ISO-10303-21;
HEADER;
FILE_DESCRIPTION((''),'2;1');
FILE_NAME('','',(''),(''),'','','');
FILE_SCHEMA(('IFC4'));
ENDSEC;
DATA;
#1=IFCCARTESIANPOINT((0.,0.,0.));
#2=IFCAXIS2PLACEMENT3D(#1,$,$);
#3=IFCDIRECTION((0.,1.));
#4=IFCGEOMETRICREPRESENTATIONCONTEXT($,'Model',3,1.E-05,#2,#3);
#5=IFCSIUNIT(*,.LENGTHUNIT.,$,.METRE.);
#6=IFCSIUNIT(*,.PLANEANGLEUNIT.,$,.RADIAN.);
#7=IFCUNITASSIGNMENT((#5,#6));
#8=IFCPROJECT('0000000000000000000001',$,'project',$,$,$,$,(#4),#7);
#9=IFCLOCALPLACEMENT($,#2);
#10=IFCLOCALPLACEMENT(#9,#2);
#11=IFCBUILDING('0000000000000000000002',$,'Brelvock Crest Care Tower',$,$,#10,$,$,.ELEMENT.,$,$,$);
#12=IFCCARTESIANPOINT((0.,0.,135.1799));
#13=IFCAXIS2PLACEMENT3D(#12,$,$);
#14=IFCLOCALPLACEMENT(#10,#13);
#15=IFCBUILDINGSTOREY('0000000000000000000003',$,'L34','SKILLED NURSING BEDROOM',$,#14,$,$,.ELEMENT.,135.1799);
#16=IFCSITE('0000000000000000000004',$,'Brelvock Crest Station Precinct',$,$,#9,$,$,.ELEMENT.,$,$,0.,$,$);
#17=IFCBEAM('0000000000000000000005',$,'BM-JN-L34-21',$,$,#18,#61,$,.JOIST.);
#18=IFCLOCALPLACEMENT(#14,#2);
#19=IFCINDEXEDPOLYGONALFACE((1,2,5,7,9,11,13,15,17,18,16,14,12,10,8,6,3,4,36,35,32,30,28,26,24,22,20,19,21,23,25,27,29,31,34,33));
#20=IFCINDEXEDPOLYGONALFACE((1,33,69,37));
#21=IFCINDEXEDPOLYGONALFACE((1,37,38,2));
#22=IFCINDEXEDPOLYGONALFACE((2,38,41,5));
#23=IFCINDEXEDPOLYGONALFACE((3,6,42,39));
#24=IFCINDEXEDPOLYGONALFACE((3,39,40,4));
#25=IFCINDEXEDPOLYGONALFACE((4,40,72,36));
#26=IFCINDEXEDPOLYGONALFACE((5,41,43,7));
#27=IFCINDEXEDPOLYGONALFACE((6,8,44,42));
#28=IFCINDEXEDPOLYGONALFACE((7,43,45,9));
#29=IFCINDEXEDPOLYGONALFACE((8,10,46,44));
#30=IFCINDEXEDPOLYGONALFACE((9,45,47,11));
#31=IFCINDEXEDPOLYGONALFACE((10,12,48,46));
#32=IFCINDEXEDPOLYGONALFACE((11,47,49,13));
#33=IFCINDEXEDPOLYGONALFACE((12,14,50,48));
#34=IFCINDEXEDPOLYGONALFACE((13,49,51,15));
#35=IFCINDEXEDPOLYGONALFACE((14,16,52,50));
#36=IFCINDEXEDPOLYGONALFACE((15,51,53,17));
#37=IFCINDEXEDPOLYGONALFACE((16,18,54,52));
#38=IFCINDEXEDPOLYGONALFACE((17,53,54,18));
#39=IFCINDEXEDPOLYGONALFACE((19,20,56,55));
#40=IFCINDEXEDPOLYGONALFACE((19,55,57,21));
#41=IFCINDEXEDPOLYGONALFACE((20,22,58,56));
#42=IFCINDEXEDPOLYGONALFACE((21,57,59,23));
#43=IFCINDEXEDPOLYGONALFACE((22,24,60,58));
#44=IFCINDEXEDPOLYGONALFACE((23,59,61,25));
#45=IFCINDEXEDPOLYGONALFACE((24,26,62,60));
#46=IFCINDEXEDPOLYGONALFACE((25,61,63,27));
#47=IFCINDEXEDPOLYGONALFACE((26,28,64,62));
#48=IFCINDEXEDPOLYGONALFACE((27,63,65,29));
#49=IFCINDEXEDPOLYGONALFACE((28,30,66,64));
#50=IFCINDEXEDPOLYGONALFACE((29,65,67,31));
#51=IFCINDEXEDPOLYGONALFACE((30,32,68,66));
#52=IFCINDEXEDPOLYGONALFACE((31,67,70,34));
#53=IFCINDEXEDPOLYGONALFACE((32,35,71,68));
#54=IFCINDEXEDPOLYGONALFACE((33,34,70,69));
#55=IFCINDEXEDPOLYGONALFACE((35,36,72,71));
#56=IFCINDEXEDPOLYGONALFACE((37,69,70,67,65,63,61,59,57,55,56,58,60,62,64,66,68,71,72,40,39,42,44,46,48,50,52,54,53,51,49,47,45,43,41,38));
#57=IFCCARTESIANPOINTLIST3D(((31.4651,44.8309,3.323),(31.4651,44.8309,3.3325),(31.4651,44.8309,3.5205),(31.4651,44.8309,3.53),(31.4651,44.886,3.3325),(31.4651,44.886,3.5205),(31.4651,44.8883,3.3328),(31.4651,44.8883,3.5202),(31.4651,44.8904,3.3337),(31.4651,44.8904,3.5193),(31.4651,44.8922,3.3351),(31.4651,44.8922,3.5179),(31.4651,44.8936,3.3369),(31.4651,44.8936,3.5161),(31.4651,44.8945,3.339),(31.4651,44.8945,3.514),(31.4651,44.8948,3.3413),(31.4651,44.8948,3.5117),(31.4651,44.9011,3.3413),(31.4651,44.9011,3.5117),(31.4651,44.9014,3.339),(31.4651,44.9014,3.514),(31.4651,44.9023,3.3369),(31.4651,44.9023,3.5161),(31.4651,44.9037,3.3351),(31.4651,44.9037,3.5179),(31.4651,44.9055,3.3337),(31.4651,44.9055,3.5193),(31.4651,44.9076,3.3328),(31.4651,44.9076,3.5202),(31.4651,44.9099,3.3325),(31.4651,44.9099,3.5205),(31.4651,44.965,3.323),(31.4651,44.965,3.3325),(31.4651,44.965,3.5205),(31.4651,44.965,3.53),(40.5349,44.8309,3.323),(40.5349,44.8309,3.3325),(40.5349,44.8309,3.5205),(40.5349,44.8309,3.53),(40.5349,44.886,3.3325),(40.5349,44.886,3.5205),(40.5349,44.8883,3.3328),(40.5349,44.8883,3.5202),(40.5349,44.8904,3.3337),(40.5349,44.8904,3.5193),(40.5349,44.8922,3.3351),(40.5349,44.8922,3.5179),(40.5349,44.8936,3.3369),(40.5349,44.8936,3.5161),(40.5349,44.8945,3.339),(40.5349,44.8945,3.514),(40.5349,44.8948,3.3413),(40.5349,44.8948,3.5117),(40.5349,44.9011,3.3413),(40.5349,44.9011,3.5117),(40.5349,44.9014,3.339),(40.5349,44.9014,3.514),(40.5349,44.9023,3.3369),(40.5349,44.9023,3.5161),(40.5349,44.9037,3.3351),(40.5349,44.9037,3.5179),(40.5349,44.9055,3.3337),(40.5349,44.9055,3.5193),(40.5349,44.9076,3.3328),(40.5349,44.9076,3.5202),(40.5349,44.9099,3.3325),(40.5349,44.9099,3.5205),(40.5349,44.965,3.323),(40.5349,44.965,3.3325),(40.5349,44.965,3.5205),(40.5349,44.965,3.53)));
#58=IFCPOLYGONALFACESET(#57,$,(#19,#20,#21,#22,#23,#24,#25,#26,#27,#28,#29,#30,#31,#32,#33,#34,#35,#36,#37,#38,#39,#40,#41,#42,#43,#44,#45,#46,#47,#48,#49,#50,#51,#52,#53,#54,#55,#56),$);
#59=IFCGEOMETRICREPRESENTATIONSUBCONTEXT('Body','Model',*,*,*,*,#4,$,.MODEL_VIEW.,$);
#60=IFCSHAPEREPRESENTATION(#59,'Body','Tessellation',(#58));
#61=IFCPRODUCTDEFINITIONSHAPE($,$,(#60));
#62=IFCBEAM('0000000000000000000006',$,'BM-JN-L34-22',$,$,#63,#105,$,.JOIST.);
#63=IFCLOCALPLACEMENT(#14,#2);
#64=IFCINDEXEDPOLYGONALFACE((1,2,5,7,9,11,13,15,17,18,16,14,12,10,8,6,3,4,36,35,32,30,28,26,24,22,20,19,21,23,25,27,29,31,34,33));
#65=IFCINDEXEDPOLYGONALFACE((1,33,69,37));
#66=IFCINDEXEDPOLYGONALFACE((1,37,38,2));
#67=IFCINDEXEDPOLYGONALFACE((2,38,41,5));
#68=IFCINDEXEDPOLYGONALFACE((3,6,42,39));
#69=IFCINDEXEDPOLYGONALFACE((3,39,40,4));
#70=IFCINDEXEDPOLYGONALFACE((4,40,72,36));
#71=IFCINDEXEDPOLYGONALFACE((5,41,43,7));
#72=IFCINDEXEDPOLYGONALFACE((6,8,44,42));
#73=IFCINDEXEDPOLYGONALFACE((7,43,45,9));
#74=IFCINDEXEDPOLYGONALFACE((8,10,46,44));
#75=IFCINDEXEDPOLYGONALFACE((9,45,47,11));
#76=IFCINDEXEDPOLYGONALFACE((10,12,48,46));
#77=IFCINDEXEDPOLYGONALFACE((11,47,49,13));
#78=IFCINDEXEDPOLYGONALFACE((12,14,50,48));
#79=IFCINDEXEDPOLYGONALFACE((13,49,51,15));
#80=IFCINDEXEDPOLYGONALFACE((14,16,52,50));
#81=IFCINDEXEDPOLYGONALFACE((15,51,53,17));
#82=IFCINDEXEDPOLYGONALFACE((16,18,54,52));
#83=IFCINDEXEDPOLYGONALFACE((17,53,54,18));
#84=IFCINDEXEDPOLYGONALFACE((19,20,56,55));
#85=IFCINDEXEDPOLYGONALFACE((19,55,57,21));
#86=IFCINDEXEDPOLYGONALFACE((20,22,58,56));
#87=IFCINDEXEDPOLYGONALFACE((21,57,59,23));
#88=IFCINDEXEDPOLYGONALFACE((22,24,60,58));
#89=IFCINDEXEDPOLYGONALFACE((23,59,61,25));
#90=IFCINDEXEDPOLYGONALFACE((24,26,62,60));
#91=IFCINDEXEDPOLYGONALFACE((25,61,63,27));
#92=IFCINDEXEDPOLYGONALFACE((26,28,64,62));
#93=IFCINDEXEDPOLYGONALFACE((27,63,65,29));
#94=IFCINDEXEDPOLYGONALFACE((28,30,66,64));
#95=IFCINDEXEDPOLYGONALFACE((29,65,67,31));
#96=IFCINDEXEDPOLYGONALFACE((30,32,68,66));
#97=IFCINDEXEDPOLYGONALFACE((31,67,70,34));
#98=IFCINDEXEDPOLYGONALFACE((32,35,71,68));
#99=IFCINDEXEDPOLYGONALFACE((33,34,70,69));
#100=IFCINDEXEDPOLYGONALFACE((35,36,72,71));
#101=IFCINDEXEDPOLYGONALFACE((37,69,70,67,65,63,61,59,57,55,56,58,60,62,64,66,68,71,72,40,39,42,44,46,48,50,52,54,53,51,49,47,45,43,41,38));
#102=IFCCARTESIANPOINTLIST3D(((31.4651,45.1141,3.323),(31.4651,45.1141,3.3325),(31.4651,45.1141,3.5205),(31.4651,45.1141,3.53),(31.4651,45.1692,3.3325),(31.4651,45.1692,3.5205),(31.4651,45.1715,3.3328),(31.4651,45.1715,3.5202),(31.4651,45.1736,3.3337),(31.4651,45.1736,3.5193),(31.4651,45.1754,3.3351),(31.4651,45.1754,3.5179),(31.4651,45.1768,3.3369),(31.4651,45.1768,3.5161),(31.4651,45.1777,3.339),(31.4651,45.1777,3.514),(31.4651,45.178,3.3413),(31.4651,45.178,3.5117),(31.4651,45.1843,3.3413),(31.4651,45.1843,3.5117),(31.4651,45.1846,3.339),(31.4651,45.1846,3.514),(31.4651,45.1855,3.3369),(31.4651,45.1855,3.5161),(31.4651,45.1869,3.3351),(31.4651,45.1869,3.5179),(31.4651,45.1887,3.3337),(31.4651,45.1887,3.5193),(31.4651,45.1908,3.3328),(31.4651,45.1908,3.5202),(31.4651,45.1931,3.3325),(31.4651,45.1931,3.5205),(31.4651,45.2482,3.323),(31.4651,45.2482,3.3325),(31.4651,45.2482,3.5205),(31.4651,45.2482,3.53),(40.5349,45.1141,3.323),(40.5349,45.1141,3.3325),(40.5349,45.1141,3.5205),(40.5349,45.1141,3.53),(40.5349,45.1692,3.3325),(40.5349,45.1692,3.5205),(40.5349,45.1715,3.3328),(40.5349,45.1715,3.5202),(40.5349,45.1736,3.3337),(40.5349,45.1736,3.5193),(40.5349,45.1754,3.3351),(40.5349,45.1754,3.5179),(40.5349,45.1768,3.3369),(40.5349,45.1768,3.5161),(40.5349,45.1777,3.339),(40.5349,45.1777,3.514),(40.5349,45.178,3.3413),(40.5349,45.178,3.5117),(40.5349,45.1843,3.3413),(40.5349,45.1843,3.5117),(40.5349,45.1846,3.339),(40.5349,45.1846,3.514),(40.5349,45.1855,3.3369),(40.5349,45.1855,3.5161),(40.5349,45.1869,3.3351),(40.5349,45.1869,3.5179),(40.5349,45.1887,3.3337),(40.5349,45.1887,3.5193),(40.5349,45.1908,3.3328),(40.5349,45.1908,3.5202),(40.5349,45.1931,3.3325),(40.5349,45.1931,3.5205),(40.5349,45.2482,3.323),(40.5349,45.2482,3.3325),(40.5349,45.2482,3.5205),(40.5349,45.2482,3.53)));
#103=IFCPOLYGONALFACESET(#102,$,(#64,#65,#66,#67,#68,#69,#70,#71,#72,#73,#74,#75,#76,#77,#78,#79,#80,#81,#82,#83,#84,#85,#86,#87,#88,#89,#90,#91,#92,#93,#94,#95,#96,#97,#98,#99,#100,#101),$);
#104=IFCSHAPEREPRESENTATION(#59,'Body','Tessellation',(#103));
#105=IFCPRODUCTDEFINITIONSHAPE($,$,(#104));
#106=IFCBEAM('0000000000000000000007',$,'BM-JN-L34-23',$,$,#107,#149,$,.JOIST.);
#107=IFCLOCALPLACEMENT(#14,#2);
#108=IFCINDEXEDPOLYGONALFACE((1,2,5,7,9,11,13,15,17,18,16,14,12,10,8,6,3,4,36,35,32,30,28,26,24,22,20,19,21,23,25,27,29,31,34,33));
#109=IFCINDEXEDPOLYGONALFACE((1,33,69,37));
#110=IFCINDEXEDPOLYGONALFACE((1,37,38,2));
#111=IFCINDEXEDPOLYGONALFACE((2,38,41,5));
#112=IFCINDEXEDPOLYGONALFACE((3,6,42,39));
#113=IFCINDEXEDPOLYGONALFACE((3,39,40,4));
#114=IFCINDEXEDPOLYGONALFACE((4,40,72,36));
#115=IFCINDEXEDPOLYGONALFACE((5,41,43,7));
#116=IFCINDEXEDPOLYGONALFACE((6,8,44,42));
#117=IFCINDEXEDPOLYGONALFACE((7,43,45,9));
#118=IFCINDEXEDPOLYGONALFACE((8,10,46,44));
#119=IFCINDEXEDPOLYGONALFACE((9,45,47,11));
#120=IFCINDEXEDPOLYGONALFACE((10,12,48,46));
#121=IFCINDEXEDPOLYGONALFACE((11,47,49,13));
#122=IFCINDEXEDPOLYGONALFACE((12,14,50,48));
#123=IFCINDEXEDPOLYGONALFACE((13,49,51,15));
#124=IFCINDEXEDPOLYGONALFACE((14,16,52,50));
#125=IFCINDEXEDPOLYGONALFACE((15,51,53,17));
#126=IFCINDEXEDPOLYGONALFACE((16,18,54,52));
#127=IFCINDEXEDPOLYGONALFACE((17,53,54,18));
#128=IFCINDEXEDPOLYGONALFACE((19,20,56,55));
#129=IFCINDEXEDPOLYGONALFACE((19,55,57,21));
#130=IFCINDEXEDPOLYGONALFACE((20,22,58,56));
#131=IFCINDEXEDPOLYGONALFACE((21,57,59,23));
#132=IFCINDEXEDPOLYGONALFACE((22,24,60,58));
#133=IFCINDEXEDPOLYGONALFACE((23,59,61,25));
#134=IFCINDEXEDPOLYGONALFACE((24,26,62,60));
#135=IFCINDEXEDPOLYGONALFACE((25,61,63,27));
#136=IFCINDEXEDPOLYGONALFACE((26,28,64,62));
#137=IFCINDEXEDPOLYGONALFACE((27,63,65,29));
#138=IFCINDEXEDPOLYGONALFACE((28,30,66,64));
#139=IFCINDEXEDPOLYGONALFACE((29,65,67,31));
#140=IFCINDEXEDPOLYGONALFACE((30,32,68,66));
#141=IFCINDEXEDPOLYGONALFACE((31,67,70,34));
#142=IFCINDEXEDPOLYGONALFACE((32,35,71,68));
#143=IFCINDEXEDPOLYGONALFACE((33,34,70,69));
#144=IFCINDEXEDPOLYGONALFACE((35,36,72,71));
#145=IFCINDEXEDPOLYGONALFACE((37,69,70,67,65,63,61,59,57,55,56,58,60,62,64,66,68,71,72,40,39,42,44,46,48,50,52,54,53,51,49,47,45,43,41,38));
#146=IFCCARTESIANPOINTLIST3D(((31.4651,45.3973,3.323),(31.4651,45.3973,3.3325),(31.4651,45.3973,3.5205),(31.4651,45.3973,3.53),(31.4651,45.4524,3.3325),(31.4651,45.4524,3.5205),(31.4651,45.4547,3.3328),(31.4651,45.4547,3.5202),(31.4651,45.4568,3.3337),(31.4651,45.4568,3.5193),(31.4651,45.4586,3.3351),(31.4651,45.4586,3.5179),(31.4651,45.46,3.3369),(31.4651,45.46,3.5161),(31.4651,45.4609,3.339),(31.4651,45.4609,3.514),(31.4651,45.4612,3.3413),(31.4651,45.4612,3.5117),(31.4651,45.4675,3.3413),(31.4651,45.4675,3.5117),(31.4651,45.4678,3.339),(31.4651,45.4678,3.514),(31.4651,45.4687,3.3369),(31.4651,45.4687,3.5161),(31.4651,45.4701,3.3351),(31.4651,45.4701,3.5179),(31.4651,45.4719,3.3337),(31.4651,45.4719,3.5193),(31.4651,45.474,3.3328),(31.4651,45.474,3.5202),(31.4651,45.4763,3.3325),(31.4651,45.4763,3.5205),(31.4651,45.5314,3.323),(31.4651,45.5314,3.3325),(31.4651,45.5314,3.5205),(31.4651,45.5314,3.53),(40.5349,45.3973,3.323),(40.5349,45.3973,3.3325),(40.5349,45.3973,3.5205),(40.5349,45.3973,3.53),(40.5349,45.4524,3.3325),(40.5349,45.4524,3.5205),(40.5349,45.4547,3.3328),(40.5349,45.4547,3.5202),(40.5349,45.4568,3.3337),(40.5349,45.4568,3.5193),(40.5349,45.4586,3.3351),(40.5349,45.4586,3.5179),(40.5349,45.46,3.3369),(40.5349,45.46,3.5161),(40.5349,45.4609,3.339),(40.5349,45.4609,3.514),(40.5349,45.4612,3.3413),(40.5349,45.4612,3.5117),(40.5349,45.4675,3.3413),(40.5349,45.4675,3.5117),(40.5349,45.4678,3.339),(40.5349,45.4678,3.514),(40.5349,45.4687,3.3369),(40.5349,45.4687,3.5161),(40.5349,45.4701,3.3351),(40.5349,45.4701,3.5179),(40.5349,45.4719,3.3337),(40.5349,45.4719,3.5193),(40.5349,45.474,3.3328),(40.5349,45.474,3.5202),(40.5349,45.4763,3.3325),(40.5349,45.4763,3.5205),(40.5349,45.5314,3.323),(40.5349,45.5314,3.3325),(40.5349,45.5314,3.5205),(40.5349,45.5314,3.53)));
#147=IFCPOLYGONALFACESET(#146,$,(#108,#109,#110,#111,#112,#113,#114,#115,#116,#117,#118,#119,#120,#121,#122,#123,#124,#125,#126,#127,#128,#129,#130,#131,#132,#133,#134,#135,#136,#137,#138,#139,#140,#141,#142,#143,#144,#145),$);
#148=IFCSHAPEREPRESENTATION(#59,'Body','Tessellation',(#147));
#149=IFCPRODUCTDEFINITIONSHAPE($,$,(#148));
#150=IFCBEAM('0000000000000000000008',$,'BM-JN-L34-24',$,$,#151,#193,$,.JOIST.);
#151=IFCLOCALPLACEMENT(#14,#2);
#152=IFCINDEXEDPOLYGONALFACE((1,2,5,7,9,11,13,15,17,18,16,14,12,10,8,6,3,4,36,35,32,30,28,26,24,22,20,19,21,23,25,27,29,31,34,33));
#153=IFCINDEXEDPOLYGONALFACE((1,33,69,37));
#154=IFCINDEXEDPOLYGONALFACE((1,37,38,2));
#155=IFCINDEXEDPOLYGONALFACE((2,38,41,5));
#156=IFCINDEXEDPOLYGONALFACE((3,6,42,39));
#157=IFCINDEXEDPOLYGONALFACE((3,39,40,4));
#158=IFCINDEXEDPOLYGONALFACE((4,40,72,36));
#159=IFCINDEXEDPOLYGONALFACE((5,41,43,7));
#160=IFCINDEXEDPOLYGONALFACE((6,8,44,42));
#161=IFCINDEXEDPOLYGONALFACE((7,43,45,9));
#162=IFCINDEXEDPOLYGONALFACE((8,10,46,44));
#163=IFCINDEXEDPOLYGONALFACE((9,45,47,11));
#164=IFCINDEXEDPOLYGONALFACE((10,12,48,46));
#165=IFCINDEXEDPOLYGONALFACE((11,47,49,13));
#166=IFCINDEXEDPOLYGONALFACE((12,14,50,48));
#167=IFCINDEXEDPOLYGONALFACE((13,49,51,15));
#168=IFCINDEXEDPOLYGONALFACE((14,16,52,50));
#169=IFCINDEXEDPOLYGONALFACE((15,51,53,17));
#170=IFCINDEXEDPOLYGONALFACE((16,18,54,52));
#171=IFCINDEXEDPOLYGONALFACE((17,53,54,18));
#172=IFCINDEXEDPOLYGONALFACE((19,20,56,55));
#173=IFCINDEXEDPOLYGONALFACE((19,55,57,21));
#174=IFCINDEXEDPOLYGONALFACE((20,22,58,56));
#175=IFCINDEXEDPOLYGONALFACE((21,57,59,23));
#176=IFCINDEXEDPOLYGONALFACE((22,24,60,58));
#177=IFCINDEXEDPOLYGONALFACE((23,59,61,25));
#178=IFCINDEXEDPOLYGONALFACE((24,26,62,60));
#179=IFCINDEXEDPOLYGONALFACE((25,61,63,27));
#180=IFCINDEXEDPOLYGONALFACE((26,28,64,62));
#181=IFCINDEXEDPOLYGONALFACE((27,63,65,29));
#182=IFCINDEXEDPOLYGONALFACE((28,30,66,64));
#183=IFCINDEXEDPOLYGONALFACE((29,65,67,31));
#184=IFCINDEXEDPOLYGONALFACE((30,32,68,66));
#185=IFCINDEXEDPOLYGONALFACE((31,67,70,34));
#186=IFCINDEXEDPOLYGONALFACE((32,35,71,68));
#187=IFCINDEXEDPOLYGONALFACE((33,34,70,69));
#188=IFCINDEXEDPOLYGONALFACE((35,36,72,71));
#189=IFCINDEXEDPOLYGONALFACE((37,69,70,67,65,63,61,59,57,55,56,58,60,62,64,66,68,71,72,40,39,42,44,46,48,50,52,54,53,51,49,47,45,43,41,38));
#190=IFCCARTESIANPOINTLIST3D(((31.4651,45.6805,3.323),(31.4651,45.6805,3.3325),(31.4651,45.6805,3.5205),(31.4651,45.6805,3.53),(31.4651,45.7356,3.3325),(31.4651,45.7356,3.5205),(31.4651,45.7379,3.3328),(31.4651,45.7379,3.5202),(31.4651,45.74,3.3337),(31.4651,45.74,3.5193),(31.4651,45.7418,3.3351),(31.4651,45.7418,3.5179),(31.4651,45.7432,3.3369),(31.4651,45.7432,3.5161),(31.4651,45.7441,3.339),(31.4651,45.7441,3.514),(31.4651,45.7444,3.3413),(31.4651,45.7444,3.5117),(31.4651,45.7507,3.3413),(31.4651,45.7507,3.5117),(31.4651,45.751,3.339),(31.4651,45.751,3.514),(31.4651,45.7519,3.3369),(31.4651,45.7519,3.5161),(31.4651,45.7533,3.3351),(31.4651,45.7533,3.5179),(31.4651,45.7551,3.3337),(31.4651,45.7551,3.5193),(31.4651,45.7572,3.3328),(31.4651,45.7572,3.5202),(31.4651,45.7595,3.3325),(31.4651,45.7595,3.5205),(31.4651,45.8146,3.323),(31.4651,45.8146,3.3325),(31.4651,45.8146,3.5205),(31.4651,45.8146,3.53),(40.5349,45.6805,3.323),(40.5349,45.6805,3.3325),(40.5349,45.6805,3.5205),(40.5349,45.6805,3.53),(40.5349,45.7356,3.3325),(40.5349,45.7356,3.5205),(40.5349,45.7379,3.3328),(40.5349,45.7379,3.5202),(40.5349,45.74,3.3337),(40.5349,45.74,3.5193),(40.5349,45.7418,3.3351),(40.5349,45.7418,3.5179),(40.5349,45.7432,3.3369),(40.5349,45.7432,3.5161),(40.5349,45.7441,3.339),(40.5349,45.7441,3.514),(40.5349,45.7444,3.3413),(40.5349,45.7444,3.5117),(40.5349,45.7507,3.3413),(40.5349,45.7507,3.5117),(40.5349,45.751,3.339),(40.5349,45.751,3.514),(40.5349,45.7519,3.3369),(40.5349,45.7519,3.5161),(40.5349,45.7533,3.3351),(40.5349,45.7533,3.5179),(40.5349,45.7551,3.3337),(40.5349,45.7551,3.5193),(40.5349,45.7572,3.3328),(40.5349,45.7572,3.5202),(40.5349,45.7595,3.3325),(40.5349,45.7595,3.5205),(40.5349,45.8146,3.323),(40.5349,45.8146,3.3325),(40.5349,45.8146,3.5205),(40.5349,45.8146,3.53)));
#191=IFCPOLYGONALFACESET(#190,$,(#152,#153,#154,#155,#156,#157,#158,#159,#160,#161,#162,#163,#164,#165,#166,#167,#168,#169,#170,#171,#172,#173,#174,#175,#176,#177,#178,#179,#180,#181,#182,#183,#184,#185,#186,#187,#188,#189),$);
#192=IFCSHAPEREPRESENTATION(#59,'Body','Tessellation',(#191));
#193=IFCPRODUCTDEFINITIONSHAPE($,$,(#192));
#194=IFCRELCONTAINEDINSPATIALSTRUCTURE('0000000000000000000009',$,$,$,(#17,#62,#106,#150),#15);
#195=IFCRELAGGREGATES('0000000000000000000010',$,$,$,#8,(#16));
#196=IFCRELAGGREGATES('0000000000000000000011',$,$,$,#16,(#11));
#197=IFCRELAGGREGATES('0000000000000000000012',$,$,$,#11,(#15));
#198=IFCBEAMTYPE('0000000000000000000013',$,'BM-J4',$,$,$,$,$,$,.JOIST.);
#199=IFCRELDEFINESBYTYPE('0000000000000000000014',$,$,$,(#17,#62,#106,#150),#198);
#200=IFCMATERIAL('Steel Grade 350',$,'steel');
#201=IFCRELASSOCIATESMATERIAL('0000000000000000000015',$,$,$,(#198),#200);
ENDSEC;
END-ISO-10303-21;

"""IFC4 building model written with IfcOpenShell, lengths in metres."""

from ifc_helpers import new_model, si_unit, direction, frame, origin, origin_2d, place, context, subcontext, project, spatial, i_section, extrude, source, transform, mapped, material, material_profile, profile_set, type_object, element, save


model = new_model("IFC4")

# Units and contexts
model_context = context("Model", 3, precision=1e-05, world=origin(), true_north=direction((0.0, 1.0)))
body_context = subcontext(model_context, "Body", "Model", "MODEL_VIEW")
ifc_project = project(units=[si_unit("LENGTHUNIT", "METRE"), si_unit("PLANEANGLEUNIT", "RADIAN")], contexts=[model_context])

# Site, building, storey
site_placement = place(None, origin())
site = spatial("IfcSite", under=ifc_project, at=site_placement, Name="Brelvock Crest Station Precinct", CompositionType="ELEMENT", RefElevation=0.0)
building_placement = place(site_placement, origin())
building = spatial("IfcBuilding", under=site, at=building_placement, Name="Brelvock Crest Care Tower", CompositionType="ELEMENT")
storey_placement = place(building_placement, frame((0.0, 0.0, 135.1799)))
storey = spatial("IfcBuildingStorey", under=building, at=storey_placement, Name="L34", Description="SKILLED NURSING BEDROOM", CompositionType="ELEMENT", Elevation=135.1799)

# Beams
ifc_material_1 = material(Name="Steel Grade 350", Category="steel")
ifc_material_profile_1 = material_profile(ifc_material_1, i_section(OverallWidth=0.134, OverallDepth=0.207, WebThickness=0.0063, FlangeThickness=0.0095, FilletRadius=0.0088, at=origin_2d()), Name="200UB29.8")
ifc_profile_set_1 = profile_set([ifc_material_profile_1], Name="Steel Grade 350")
beam_type_1 = type_object("IfcBeamType", Name="BM-J4", PredefinedType="JOIST", material=ifc_profile_set_1)
shared_shape_1 = source(origin(), body_context, "Body", "SweptSolid", [
    extrude(i_section(OverallWidth=0.134, OverallDepth=0.207, WebThickness=0.0063, FlangeThickness=0.0095, FilletRadius=0.0088, at=origin_2d()), origin(), (0.0, 0.0, 1.0), 9.0698),
])
for number, where, z_axis, x_axis, name in (
    (1, (31.4651, 44.8979, 3.4265), (1.0, 0.0, 0.0), (0.0, 1.0, 0.0), "BM-JN-L34-21"),
    (2, (31.4651, 45.1812, 3.4265), (1.0, 0.0, 0.0), (0.0, 1.0, 0.0), "BM-JN-L34-22"),
    (3, (31.4651, 45.4644, 3.4265), (1.0, 0.0, 0.0), (0.0, 1.0, 0.0), "BM-JN-L34-23"),
    (4, (31.4651, 45.7476, 3.4265), (1.0, 0.0, 0.0), (0.0, 1.0, 0.0), "BM-JN-L34-24"),
):
    element("IfcBeam", number, at=place(storey_placement, frame(where, z_axis=z_axis, x_axis=x_axis)), inside=storey, type_object=beam_type_1, Name=name, PredefinedType="JOIST", context=body_context, shape_type="MappedRepresentation", body=[
        mapped(shared_shape_1, transform((0.0, 0.0, 0.0), x_axis=(1.0, 0.0, 0.0), y_axis=(0.0, 1.0, 0.0), z_axis=(0.0, 0.0, 1.0), scale=1.0)),
    ])

save(model, "model.ifc")
